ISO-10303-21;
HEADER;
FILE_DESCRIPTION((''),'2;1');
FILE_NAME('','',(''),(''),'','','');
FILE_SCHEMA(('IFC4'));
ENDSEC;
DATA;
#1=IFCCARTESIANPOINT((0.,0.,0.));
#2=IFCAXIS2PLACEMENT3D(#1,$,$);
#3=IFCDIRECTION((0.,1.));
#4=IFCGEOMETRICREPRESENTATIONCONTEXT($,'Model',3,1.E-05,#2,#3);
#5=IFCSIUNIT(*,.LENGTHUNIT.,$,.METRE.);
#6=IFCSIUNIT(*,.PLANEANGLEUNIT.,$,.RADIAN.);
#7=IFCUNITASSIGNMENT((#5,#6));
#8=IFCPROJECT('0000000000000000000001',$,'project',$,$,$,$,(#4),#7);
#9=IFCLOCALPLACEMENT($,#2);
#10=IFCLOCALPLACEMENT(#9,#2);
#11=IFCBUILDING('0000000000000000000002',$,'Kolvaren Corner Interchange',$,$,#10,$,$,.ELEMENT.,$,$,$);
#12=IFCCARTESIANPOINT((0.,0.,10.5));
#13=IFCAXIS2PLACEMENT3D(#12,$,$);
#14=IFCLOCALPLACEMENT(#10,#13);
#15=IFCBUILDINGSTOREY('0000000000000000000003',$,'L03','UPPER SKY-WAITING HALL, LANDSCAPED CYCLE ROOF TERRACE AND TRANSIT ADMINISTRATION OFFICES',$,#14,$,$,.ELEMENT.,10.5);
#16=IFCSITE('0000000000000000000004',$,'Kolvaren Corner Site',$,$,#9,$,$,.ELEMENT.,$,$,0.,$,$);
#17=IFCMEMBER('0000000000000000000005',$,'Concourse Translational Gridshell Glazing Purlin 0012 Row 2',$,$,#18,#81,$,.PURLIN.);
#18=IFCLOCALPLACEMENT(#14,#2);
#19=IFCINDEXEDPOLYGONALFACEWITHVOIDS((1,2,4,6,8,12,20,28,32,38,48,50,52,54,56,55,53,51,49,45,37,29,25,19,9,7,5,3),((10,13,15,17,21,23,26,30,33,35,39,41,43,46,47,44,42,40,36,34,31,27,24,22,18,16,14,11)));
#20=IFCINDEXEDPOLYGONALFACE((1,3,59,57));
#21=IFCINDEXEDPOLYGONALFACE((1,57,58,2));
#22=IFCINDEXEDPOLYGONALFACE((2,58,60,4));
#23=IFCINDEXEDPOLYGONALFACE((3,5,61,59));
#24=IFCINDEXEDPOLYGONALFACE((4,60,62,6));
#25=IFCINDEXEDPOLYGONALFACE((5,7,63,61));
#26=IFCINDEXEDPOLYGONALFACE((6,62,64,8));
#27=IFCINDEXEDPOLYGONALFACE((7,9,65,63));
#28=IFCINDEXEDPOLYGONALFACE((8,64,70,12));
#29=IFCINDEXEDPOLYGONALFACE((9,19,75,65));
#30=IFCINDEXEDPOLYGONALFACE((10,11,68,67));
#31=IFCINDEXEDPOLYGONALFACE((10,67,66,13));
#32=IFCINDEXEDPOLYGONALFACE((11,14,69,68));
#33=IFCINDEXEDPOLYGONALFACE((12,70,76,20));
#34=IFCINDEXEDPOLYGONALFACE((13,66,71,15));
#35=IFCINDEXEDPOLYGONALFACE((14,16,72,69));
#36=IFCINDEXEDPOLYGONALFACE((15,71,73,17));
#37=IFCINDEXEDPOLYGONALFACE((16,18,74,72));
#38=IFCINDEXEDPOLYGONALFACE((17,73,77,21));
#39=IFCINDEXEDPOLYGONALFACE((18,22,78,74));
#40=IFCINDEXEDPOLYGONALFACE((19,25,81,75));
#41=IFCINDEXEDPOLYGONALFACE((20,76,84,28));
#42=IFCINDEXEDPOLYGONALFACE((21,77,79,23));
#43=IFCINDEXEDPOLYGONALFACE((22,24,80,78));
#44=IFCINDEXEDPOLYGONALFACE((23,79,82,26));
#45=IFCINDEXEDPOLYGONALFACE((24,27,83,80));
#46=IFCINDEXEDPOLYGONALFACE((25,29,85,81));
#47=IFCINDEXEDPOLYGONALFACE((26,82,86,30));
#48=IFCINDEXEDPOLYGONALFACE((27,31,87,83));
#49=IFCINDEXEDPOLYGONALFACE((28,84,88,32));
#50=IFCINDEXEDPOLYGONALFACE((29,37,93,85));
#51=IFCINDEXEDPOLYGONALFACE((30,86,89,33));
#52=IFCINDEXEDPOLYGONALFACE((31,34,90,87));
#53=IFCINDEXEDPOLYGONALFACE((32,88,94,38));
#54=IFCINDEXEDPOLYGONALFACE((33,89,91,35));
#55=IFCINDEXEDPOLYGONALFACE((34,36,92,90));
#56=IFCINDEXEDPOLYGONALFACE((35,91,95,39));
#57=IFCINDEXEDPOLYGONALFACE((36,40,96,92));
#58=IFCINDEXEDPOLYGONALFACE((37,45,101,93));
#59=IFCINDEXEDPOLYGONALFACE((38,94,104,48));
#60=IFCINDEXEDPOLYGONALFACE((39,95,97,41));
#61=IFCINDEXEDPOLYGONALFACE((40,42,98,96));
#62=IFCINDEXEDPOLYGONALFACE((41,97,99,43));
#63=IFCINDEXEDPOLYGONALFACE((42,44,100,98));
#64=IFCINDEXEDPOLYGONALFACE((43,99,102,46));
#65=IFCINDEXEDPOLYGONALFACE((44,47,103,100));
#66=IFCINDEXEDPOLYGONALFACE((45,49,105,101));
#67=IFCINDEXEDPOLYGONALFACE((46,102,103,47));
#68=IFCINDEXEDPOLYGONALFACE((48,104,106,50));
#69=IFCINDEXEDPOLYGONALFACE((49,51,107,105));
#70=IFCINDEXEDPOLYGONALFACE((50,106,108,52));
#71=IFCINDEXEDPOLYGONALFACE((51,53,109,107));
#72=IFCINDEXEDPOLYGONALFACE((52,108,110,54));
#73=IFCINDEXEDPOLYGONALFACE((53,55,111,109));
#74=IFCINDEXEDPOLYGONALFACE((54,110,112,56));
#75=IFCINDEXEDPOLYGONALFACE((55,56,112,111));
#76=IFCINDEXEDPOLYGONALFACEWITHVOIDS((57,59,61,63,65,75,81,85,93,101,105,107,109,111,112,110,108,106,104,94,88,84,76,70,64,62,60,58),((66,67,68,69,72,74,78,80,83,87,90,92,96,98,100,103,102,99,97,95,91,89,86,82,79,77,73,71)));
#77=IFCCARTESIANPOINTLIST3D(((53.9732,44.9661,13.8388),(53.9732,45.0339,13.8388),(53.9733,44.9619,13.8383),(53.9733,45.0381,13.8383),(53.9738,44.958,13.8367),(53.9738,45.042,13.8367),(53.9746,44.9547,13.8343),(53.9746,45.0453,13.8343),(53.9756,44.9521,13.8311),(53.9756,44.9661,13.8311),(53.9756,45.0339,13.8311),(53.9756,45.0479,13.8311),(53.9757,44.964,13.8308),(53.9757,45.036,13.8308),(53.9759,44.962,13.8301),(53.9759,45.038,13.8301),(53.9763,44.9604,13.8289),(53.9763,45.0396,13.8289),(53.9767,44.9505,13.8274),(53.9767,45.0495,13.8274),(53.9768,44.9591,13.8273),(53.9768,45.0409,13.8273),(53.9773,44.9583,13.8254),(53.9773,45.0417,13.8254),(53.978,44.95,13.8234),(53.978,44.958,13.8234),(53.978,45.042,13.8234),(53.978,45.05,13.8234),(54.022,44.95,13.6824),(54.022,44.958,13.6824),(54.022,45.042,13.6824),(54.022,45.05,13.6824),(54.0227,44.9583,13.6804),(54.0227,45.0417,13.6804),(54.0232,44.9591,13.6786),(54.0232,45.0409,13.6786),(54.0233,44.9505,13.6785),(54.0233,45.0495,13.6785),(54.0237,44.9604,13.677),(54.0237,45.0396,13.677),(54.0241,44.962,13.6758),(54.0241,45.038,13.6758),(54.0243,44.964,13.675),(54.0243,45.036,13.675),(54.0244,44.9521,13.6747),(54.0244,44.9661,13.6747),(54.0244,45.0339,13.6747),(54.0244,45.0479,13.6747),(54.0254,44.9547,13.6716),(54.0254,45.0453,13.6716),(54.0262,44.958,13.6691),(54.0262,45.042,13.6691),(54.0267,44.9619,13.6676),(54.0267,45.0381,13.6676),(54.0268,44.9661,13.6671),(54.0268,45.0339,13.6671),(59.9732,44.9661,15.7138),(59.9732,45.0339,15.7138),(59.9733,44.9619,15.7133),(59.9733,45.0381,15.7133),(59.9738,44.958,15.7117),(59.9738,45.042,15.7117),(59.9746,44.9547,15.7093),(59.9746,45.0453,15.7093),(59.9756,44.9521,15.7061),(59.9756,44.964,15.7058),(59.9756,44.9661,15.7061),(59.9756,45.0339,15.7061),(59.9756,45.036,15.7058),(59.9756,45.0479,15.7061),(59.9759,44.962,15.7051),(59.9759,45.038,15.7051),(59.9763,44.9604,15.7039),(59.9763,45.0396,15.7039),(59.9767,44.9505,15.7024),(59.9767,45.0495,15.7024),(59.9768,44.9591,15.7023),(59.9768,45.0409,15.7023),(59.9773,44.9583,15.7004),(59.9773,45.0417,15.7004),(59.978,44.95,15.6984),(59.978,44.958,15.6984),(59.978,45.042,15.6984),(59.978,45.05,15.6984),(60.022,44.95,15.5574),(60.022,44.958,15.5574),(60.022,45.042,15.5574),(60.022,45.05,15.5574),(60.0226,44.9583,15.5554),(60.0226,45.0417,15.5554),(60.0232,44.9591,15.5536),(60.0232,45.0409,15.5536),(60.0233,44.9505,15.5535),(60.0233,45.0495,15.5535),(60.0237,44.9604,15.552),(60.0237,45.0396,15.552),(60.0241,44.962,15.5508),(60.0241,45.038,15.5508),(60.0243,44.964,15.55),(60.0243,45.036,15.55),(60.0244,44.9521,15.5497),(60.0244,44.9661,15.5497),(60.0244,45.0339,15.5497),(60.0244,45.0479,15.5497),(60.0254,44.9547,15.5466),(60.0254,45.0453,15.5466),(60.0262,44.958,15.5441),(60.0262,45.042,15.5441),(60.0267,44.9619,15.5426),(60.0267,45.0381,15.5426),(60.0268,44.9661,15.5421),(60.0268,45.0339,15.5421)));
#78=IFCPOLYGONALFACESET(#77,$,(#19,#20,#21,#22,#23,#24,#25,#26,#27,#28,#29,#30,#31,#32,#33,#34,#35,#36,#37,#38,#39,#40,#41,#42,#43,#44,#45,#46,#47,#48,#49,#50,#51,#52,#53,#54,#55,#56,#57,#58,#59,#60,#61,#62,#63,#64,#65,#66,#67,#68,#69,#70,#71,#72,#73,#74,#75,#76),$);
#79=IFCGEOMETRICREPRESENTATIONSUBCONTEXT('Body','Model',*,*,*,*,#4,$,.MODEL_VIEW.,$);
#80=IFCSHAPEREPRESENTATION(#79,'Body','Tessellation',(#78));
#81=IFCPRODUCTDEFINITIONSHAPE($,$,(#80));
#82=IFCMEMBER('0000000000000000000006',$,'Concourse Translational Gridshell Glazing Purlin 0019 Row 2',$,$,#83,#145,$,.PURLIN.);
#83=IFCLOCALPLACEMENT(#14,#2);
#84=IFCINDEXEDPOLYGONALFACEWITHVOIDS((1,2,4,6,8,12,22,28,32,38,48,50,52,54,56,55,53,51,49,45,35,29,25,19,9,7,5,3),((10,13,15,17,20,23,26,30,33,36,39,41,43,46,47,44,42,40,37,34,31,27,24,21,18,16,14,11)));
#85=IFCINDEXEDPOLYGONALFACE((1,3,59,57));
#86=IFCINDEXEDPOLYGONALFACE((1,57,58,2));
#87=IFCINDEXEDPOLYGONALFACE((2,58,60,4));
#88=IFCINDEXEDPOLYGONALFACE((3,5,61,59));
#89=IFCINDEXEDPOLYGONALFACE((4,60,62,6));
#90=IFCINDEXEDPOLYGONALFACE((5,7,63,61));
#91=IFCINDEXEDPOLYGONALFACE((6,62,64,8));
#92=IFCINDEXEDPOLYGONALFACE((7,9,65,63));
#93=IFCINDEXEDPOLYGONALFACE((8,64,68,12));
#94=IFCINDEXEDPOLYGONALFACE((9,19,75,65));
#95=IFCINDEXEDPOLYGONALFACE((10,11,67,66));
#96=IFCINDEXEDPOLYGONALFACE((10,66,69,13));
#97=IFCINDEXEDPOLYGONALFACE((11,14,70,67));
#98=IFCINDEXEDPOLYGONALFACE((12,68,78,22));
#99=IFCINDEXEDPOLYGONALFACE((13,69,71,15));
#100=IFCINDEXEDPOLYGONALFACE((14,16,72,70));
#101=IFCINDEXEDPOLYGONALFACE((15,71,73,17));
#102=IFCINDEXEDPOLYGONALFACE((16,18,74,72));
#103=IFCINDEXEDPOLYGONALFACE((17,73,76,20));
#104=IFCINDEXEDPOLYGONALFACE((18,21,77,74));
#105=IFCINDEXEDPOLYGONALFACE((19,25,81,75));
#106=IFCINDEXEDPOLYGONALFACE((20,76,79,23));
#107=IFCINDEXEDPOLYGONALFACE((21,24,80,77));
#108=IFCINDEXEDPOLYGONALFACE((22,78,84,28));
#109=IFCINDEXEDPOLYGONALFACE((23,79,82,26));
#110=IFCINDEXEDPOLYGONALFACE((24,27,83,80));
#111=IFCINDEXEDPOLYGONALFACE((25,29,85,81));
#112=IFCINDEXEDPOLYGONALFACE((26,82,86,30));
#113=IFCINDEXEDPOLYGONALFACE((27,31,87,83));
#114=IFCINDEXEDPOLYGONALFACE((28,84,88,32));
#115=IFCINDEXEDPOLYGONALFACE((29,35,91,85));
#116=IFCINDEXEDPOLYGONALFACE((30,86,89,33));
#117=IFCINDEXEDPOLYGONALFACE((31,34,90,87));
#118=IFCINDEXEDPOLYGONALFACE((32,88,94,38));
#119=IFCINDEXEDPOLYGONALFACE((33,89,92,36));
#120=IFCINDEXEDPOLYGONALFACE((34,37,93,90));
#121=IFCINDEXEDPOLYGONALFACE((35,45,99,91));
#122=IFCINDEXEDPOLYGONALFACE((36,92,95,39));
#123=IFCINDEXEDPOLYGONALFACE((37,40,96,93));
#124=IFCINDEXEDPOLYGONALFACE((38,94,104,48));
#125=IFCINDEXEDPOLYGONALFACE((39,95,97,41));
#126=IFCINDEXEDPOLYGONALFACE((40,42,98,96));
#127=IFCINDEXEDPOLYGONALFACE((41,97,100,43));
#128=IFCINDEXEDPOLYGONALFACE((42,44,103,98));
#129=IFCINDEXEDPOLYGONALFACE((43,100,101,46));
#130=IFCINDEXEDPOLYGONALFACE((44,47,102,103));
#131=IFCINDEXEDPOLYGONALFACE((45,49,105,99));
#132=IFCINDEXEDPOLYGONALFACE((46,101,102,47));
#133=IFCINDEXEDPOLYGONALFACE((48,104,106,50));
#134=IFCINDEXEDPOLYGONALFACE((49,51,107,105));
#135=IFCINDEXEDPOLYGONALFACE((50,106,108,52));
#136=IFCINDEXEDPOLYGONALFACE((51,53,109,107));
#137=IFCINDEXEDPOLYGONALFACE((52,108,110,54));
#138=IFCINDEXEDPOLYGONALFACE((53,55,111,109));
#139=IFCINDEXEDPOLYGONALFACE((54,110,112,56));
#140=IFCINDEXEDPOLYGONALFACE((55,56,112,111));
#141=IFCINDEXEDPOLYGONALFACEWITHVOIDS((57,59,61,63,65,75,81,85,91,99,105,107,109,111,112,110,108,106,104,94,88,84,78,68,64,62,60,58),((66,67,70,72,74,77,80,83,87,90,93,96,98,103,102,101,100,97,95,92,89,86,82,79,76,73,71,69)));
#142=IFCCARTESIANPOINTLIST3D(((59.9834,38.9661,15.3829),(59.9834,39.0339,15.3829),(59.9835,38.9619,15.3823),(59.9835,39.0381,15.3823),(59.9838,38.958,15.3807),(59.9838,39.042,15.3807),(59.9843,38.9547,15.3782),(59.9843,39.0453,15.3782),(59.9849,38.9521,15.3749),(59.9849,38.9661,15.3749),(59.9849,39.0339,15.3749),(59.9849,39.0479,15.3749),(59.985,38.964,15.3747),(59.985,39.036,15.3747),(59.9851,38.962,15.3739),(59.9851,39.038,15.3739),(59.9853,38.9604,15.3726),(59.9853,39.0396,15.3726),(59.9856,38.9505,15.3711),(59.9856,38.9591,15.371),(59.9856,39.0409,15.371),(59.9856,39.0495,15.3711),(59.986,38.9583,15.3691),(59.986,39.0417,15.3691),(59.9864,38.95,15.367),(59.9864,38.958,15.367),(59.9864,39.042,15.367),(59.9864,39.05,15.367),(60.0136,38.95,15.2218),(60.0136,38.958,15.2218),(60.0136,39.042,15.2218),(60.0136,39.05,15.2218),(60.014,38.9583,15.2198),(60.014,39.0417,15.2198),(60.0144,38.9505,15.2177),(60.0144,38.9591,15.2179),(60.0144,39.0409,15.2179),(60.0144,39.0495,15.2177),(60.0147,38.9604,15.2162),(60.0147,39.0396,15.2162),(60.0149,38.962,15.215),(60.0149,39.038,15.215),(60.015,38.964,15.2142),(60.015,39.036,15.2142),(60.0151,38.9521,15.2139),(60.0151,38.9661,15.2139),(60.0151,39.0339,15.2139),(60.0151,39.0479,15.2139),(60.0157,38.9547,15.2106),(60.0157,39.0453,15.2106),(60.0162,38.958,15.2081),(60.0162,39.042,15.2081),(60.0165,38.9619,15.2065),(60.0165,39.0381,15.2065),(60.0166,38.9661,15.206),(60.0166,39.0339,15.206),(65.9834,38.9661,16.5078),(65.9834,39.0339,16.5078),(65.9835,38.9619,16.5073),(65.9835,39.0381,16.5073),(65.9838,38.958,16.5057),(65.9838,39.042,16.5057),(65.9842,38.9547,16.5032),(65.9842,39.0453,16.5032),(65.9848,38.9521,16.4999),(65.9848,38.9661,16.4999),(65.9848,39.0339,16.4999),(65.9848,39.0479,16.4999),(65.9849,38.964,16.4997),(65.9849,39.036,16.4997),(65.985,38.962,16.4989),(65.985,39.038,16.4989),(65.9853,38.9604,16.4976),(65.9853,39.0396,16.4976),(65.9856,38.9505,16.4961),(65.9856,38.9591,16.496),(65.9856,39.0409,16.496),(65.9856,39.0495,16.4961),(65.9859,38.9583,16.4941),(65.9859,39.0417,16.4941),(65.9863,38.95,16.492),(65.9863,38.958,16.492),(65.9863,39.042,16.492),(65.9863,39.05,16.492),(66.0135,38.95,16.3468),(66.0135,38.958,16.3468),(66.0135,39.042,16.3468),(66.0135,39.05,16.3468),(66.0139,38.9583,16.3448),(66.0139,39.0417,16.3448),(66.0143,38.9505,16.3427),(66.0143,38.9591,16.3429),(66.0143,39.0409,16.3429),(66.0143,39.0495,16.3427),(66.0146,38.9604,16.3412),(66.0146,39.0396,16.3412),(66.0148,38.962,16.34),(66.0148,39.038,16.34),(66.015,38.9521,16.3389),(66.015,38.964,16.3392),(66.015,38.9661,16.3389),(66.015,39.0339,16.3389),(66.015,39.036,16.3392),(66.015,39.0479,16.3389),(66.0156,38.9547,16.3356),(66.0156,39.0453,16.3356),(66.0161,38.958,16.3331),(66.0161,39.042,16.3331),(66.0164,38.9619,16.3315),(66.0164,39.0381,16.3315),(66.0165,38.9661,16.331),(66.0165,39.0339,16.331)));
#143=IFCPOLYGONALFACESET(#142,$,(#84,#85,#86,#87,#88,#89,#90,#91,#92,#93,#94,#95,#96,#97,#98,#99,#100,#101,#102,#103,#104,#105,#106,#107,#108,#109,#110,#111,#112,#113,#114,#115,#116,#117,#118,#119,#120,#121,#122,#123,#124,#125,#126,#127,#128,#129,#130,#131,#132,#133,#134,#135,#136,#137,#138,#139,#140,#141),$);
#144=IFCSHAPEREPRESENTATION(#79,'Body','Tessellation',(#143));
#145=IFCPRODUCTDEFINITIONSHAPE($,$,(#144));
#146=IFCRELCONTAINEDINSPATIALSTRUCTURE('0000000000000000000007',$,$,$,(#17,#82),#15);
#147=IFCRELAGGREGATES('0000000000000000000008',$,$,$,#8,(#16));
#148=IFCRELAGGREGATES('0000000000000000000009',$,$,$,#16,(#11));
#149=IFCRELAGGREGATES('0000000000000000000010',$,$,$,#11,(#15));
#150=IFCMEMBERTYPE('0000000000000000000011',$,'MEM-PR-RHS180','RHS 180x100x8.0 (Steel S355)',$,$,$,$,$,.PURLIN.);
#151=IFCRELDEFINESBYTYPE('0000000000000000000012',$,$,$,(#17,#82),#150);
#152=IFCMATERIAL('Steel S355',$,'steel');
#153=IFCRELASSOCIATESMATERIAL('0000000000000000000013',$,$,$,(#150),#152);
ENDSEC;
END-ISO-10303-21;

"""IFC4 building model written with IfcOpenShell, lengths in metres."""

from ifc_helpers import new_model, si_unit, direction, frame, origin, origin_2d, place, context, subcontext, project, spatial, hollow_rectangle, extrude, material, material_profile, profile_set, type_object, element, save


model = new_model("IFC4")

# Units and contexts
model_context = context("Model", 3, precision=1e-05, world=origin(), true_north=direction((0.0, 1.0)))
body_context = subcontext(model_context, "Body", "Model", "MODEL_VIEW")
ifc_project = project(units=[si_unit("LENGTHUNIT", "METRE"), si_unit("PLANEANGLEUNIT", "RADIAN")], contexts=[model_context])

# Site, building, storey
site_placement = place(None, origin())
site = spatial("IfcSite", under=ifc_project, at=site_placement, Name="Kolvaren Corner Site", CompositionType="ELEMENT", RefElevation=0.0)
building_placement = place(site_placement, origin())
building = spatial("IfcBuilding", under=site, at=building_placement, Name="Kolvaren Corner Interchange", CompositionType="ELEMENT")
storey_placement = place(building_placement, frame((0.0, 0.0, 10.5)))
storey = spatial("IfcBuildingStorey", under=building, at=storey_placement, Name="L03", Description="UPPER SKY-WAITING HALL, LANDSCAPED CYCLE ROOF TERRACE AND TRANSIT ADMINISTRATION OFFICES", CompositionType="ELEMENT", Elevation=10.5)

# Members
ifc_material_1 = material(Name="Steel S355", Category="steel")
ifc_material_profile_1 = material_profile(ifc_material_1, hollow_rectangle(XDim=0.1001, YDim=0.1799, WallThickness=0.0081, InnerFilletRadius=0.0081, OuterFilletRadius=0.0161, at=origin_2d()), Name="RHS 180x100x8.0")
ifc_profile_set_1 = profile_set([ifc_material_profile_1], Name="Steel S355")
member_type_1 = type_object("IfcMemberType", Name="MEM-PR-RHS180", Description="RHS 180x100x8.0 (Steel S355)", PredefinedType="PURLIN", material=ifc_profile_set_1)
for number, where, z_axis, x_axis, name in (
    (1, (54.0, 45.0, 13.7529), (0.95448, 0.0, 0.298275), (0.0, 1.0, 0.0), "Concourse Translational Gridshell Glazing Purlin 0012 Row 2"),
):
    element("IfcMember", number, at=place(storey_placement, frame(where, z_axis=z_axis, x_axis=x_axis)), inside=storey, type_object=member_type_1, Name=name, PredefinedType="PURLIN", context=body_context, shape_type="SweptSolid", body=[
        extrude(hollow_rectangle(XDim=0.1001, YDim=0.1799, WallThickness=0.0081, InnerFilletRadius=0.0081, OuterFilletRadius=0.0161, at=origin_2d()), origin(), (0.0, 0.0, 1.0), 6.2861),
    ])
for number, where, z_axis, x_axis, name in (
    (2, (60.0, 39.0, 15.2944), (0.982872, 0.0, 0.184289), (0.0, 1.0, 0.0), "Concourse Translational Gridshell Glazing Purlin 0019 Row 2"),
):
    element("IfcMember", number, at=place(storey_placement, frame(where, z_axis=z_axis, x_axis=x_axis)), inside=storey, type_object=member_type_1, Name=name, PredefinedType="PURLIN", context=body_context, shape_type="SweptSolid", body=[
        extrude(hollow_rectangle(XDim=0.1001, YDim=0.1799, WallThickness=0.0081, InnerFilletRadius=0.0081, OuterFilletRadius=0.0161, at=origin_2d()), origin(), (0.0, 0.0, 1.0), 6.1045),
    ])

save(model, "model.ifc")
